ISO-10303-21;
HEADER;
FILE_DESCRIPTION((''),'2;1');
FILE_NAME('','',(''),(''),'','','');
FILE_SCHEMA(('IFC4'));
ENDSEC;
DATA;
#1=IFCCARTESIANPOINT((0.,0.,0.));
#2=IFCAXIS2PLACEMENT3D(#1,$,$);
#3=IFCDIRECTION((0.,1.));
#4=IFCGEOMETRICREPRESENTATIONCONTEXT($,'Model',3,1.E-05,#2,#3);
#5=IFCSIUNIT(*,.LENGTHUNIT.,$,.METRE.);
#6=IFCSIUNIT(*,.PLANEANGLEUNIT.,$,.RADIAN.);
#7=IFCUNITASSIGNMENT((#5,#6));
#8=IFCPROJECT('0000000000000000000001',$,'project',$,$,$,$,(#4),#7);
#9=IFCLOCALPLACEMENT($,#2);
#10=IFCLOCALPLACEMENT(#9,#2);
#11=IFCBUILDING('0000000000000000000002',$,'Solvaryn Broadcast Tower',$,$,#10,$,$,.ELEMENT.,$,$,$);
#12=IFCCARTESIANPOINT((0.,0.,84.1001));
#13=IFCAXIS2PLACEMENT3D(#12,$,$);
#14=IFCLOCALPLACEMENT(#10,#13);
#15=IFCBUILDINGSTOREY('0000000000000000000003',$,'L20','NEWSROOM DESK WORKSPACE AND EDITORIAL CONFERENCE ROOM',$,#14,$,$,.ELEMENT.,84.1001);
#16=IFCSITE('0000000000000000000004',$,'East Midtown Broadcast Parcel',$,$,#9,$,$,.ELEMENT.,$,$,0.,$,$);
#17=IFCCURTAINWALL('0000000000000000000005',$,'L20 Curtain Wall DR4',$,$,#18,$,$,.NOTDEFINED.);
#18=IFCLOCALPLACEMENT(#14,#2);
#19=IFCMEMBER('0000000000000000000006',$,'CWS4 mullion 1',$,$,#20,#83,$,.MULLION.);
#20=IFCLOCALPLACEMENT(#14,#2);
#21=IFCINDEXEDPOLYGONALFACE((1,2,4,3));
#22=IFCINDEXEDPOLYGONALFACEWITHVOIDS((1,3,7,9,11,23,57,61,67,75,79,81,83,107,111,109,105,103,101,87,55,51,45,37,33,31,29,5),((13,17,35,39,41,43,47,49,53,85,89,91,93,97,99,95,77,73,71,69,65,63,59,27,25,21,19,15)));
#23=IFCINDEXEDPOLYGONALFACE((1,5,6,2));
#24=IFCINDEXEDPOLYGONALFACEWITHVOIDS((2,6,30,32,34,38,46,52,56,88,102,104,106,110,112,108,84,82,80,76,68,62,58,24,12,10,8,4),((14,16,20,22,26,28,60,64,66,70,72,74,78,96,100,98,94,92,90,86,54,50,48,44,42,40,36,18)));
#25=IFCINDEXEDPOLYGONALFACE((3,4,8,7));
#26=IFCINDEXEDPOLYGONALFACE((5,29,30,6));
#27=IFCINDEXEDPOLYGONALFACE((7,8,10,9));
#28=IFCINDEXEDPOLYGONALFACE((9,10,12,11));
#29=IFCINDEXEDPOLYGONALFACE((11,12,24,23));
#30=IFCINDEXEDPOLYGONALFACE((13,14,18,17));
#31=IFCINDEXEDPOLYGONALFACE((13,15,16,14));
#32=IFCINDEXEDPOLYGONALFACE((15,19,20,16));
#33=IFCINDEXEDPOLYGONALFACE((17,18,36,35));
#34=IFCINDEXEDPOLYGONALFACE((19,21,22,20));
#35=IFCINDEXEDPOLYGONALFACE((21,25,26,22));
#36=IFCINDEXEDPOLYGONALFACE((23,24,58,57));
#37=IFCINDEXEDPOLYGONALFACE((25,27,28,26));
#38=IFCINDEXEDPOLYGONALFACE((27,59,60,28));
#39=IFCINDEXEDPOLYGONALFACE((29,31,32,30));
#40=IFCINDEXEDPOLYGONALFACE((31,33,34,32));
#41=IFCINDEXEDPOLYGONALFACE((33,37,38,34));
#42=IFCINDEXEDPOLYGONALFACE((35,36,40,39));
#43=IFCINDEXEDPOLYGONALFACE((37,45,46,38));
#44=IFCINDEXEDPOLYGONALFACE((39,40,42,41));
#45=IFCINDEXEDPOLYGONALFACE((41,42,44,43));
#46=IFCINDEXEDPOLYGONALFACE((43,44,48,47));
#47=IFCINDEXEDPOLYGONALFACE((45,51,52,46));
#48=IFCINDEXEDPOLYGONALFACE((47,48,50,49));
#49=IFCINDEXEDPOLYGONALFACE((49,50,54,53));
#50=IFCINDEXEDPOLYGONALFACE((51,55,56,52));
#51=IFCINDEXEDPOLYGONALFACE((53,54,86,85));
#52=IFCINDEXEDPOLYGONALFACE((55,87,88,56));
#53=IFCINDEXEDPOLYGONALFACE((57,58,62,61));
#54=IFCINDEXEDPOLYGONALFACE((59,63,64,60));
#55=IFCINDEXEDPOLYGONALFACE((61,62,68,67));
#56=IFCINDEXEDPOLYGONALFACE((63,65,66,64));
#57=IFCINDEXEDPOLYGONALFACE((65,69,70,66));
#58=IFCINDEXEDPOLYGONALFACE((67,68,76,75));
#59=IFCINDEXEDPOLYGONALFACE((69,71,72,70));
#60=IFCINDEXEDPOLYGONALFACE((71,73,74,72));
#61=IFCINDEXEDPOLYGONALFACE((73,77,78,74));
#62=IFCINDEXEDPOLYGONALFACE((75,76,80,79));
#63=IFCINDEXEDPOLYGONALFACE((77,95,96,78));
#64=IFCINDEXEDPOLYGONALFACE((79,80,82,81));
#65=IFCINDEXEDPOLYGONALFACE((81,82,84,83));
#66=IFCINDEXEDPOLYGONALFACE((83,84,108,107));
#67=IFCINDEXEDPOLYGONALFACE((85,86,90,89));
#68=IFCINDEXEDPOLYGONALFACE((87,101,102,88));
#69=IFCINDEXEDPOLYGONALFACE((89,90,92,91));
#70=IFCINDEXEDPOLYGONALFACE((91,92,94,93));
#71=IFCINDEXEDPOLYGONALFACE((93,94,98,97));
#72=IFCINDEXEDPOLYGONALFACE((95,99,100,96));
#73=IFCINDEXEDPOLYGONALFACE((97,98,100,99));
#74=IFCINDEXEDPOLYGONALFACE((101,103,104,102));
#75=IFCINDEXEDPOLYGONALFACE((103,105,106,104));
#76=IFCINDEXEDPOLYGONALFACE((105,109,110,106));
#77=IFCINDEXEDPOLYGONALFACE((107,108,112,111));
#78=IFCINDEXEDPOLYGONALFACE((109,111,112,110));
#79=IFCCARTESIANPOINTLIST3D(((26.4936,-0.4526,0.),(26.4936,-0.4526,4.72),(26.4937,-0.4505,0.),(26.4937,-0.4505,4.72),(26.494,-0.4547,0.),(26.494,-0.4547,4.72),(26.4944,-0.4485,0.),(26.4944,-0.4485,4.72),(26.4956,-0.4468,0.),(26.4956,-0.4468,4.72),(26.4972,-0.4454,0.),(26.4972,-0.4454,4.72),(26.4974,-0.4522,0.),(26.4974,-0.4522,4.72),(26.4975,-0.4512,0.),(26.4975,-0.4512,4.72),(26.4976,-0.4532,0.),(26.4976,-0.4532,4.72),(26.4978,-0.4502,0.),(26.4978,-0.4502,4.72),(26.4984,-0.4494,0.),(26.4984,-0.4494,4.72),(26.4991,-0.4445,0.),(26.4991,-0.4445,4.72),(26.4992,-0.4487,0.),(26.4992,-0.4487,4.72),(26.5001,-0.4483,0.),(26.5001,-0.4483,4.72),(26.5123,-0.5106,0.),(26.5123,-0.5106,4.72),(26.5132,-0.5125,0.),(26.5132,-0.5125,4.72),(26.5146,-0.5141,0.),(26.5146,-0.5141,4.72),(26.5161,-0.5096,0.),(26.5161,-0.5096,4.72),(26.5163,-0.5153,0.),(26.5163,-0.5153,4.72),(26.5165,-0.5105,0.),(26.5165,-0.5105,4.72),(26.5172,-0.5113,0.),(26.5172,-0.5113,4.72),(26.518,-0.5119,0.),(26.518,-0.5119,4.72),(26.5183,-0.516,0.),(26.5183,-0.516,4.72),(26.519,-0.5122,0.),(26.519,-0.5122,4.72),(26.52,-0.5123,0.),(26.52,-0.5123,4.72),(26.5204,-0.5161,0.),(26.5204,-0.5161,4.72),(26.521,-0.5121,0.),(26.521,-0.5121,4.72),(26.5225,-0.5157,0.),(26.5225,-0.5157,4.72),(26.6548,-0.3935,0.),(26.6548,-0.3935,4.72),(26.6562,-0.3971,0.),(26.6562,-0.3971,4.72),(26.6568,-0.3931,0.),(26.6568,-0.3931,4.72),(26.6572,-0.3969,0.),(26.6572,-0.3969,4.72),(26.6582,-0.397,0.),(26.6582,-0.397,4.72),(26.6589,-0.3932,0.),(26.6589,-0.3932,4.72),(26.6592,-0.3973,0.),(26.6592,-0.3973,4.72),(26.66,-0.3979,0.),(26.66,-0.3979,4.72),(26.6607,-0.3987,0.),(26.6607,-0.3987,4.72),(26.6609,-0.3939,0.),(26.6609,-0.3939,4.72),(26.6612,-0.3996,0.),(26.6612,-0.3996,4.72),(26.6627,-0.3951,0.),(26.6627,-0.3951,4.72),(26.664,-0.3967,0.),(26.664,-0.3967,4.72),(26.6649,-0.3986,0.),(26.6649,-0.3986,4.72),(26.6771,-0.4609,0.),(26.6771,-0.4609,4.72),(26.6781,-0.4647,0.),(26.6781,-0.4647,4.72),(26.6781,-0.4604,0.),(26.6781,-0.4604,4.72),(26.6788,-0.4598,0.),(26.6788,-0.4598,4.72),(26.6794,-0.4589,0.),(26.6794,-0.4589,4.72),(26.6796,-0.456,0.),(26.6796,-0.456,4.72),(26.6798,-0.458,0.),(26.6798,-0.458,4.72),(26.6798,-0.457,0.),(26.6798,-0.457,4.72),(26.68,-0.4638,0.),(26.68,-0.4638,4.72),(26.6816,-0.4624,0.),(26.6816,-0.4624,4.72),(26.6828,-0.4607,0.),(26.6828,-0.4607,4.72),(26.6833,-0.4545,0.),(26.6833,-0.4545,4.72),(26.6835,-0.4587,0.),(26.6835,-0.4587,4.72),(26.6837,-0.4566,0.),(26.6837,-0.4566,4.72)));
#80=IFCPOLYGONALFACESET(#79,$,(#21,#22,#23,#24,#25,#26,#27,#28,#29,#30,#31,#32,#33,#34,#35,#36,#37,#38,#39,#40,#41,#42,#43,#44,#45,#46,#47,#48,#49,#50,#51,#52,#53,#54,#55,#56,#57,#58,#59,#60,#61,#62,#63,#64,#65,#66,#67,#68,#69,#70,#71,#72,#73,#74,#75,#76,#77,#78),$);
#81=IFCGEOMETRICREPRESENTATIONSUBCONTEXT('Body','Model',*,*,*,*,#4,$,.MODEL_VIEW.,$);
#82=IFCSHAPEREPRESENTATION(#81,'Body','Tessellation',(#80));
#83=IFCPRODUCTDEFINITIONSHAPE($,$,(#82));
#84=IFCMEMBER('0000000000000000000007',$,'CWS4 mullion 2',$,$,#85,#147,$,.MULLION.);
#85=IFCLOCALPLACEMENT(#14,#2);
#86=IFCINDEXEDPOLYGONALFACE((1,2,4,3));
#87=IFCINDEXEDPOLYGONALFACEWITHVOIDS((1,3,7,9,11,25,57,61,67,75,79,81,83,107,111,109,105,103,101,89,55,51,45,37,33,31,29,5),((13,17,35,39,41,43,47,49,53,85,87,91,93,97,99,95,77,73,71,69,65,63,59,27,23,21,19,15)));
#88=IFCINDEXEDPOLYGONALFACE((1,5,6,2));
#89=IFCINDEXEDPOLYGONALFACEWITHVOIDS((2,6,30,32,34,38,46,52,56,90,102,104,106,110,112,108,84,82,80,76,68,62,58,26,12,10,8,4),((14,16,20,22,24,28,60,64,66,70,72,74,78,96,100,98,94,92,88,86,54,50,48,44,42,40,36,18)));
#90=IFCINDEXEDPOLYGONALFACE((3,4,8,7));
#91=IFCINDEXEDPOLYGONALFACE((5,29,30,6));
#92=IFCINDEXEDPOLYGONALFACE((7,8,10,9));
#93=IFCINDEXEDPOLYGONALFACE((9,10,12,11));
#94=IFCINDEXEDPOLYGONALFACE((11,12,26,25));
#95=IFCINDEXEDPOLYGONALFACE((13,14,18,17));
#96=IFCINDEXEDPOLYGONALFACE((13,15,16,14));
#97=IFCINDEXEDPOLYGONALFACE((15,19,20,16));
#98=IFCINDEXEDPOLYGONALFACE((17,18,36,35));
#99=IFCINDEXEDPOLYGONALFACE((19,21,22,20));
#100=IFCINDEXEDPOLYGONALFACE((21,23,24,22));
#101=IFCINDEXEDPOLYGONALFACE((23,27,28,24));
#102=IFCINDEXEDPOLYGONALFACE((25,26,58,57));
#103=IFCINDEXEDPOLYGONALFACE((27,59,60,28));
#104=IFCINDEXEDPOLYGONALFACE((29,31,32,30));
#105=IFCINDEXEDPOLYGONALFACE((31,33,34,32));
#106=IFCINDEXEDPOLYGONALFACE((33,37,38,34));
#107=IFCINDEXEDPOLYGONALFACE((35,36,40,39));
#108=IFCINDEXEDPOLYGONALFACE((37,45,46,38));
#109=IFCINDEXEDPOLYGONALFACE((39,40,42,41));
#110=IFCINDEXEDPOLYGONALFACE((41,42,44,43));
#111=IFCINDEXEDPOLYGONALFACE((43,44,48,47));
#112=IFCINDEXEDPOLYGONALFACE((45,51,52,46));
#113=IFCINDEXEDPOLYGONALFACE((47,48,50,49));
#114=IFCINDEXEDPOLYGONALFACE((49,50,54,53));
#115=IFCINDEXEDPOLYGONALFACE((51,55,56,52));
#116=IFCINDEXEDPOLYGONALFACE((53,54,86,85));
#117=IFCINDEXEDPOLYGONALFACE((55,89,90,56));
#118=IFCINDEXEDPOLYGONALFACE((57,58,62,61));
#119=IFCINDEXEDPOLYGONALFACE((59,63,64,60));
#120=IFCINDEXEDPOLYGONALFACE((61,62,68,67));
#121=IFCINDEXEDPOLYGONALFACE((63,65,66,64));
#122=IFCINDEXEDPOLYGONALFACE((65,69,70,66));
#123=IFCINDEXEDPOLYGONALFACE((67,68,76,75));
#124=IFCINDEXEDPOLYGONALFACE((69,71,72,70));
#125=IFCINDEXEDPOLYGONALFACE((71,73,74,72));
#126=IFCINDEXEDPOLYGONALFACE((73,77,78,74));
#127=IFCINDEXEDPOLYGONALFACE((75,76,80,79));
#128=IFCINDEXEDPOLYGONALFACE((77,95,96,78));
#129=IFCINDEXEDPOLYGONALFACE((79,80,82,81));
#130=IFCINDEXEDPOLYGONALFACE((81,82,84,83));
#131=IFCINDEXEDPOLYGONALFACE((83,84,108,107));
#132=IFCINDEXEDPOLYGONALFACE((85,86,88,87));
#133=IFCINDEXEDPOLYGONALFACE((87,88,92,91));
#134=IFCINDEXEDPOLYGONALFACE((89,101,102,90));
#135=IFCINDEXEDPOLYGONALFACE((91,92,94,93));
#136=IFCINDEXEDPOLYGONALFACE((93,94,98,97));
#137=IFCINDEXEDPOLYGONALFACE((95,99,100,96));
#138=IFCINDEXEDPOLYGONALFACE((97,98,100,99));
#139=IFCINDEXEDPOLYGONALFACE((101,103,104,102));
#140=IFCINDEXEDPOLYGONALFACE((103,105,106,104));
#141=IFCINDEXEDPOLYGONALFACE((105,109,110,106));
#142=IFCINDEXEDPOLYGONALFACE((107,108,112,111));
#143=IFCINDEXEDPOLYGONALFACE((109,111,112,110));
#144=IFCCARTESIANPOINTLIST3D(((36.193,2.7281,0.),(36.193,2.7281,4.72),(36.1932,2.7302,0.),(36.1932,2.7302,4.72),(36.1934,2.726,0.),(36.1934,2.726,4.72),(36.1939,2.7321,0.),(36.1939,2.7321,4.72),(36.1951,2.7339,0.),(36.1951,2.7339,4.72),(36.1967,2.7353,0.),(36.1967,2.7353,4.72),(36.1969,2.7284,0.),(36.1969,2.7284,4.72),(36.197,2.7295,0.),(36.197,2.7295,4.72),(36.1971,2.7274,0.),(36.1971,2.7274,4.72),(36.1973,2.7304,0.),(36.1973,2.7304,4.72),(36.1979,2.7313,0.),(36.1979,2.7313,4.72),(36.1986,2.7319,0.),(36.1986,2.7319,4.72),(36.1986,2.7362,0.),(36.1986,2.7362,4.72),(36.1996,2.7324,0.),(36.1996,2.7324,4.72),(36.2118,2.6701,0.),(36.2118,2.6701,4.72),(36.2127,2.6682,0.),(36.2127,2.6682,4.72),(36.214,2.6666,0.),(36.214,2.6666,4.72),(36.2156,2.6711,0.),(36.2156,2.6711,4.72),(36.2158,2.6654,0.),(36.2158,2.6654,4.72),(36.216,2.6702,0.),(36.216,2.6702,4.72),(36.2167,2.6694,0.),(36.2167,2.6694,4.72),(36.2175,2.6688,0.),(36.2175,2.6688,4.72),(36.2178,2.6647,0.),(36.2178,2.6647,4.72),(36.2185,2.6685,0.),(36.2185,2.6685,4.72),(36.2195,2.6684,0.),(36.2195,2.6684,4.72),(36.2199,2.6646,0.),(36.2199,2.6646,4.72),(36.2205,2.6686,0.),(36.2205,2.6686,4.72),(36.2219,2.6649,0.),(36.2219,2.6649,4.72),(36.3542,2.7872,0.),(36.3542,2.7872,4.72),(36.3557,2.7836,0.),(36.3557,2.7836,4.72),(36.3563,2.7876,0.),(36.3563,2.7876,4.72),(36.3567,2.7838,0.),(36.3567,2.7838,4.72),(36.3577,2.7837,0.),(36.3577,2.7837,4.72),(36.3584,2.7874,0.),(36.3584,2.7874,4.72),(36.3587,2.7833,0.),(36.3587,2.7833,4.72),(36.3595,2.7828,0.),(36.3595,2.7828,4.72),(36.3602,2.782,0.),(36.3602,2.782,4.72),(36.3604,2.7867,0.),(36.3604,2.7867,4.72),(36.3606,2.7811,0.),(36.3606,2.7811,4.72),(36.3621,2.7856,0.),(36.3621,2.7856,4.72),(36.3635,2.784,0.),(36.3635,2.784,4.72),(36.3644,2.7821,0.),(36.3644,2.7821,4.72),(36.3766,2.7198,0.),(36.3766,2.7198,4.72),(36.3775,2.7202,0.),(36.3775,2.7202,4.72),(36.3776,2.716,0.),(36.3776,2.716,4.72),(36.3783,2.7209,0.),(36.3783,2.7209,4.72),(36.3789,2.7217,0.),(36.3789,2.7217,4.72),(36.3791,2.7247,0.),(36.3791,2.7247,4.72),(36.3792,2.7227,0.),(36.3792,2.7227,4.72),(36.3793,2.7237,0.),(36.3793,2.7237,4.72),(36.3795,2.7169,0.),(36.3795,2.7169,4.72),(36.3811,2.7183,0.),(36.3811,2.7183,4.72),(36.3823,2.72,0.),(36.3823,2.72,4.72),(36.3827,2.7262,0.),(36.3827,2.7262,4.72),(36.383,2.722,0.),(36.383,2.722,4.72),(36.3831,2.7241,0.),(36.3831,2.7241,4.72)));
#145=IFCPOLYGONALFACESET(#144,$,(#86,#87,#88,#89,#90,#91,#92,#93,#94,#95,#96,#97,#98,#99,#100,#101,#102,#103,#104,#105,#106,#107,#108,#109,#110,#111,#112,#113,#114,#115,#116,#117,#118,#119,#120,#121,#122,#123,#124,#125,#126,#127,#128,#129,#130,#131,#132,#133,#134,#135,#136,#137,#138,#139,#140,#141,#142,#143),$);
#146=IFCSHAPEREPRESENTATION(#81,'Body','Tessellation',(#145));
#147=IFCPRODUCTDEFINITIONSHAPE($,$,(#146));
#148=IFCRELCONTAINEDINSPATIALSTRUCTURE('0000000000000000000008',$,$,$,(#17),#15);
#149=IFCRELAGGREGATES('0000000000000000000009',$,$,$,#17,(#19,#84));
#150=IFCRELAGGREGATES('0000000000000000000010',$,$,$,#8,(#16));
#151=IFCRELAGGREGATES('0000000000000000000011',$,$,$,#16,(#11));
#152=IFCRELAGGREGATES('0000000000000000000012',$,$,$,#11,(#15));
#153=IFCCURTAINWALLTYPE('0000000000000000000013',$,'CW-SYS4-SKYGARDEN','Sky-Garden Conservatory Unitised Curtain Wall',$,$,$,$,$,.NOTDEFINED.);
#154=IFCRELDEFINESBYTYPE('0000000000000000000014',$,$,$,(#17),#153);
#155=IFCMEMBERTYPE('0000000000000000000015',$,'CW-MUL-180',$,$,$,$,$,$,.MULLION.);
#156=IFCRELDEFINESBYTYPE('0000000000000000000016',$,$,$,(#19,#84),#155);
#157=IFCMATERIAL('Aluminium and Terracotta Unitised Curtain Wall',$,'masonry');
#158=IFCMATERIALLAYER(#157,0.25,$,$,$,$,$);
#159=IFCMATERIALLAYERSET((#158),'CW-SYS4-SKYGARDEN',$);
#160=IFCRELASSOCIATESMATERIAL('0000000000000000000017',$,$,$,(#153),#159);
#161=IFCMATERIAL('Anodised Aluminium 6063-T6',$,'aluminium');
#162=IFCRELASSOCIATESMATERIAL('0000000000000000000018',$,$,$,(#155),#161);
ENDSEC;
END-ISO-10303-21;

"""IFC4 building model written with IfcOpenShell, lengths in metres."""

from ifc_helpers import new_model, si_unit, direction, frame, origin, origin_2d, place, context, subcontext, project, spatial, hollow_rectangle, extrude, material, layer, layer_set, material_profile, profile_set, type_object, element, aggregate, save


model = new_model("IFC4")

# Units and contexts
model_context = context("Model", 3, precision=1e-05, world=origin(), true_north=direction((0.0, 1.0)))
body_context = subcontext(model_context, "Body", "Model", "MODEL_VIEW")
ifc_project = project(units=[si_unit("LENGTHUNIT", "METRE"), si_unit("PLANEANGLEUNIT", "RADIAN")], contexts=[model_context])

# Site, building, storey
site_placement = place(None, origin())
site = spatial("IfcSite", under=ifc_project, at=site_placement, Name="East Midtown Broadcast Parcel", CompositionType="ELEMENT", RefElevation=0.0)
building_placement = place(site_placement, origin())
building = spatial("IfcBuilding", under=site, at=building_placement, Name="Solvaryn Broadcast Tower", CompositionType="ELEMENT")
storey_placement = place(building_placement, frame((0.0, 0.0, 84.1001)))
storey = spatial("IfcBuildingStorey", under=building, at=storey_placement, Name="L20", Description="NEWSROOM DESK WORKSPACE AND EDITORIAL CONFERENCE ROOM", CompositionType="ELEMENT", Elevation=84.1001)

# Curtain wall, members
ifc_material_1 = material(Name="Aluminium and Terracotta Unitised Curtain Wall", Category="masonry")
ifc_layer_1 = layer(ifc_material_1, 0.25)
ifc_layer_set_1 = layer_set([ifc_layer_1], Name="CW-SYS4-SKYGARDEN")
curtain_wall_type = type_object("IfcCurtainWallType", Name="CW-SYS4-SKYGARDEN", Description="Sky-Garden Conservatory Unitised Curtain Wall", PredefinedType="NOTDEFINED", material=ifc_layer_set_1)
curtain_wall_placement = place(storey_placement, origin())
curtain_wall = element("IfcCurtainWall", 1, at=curtain_wall_placement, inside=storey, type_object=curtain_wall_type, Name="L20 Curtain Wall DR4", PredefinedType="NOTDEFINED")
ifc_material_2 = material(Name="Anodised Aluminium 6063-T6", Category="aluminium")
ifc_material_profile_1 = material_profile(ifc_material_2, hollow_rectangle(XDim=0.075, YDim=0.1799, WallThickness=0.0039, InnerFilletRadius=0.0039, OuterFilletRadius=0.0081, at=origin_2d()))
ifc_profile_set_1 = profile_set([ifc_material_profile_1], Name="Anodised Aluminium 6063-T6")
member_type_1 = type_object("IfcMemberType", Name="CW-MUL-180", PredefinedType="MULLION", material=ifc_profile_set_1)
member_1_placement = place(storey_placement, frame((26.5886, -0.4546, 0.0), z_axis=(0.0, 0.0, 1.0), x_axis=(-0.311594, 0.950215, 0.0)))
member_1 = element("IfcMember", 2, at=member_1_placement, type_object=member_type_1, Name="CWS4 mullion 1", PredefinedType="MULLION", context=body_context, shape_type="SweptSolid", body=[
    extrude(hollow_rectangle(XDim=0.075, YDim=0.1799, WallThickness=0.0039, InnerFilletRadius=0.0039, OuterFilletRadius=0.0081, at=origin_2d()), origin(), (0.0, 0.0, 1.0), 4.72),
])
member_2_placement = place(storey_placement, frame((36.2881, 2.7261, 0.0), z_axis=(0.0, 0.0, 1.0), x_axis=(-0.311594, 0.950215, 0.0)))
member_2 = element("IfcMember", 3, at=member_2_placement, type_object=member_type_1, Name="CWS4 mullion 2", PredefinedType="MULLION", context=body_context, shape_type="SweptSolid", body=[
    extrude(hollow_rectangle(XDim=0.075, YDim=0.1799, WallThickness=0.0039, InnerFilletRadius=0.0039, OuterFilletRadius=0.0081, at=origin_2d()), origin(), (0.0, 0.0, 1.0), 4.72),
])
aggregate(curtain_wall, [member_1, member_2])

save(model, "model.ifc")
